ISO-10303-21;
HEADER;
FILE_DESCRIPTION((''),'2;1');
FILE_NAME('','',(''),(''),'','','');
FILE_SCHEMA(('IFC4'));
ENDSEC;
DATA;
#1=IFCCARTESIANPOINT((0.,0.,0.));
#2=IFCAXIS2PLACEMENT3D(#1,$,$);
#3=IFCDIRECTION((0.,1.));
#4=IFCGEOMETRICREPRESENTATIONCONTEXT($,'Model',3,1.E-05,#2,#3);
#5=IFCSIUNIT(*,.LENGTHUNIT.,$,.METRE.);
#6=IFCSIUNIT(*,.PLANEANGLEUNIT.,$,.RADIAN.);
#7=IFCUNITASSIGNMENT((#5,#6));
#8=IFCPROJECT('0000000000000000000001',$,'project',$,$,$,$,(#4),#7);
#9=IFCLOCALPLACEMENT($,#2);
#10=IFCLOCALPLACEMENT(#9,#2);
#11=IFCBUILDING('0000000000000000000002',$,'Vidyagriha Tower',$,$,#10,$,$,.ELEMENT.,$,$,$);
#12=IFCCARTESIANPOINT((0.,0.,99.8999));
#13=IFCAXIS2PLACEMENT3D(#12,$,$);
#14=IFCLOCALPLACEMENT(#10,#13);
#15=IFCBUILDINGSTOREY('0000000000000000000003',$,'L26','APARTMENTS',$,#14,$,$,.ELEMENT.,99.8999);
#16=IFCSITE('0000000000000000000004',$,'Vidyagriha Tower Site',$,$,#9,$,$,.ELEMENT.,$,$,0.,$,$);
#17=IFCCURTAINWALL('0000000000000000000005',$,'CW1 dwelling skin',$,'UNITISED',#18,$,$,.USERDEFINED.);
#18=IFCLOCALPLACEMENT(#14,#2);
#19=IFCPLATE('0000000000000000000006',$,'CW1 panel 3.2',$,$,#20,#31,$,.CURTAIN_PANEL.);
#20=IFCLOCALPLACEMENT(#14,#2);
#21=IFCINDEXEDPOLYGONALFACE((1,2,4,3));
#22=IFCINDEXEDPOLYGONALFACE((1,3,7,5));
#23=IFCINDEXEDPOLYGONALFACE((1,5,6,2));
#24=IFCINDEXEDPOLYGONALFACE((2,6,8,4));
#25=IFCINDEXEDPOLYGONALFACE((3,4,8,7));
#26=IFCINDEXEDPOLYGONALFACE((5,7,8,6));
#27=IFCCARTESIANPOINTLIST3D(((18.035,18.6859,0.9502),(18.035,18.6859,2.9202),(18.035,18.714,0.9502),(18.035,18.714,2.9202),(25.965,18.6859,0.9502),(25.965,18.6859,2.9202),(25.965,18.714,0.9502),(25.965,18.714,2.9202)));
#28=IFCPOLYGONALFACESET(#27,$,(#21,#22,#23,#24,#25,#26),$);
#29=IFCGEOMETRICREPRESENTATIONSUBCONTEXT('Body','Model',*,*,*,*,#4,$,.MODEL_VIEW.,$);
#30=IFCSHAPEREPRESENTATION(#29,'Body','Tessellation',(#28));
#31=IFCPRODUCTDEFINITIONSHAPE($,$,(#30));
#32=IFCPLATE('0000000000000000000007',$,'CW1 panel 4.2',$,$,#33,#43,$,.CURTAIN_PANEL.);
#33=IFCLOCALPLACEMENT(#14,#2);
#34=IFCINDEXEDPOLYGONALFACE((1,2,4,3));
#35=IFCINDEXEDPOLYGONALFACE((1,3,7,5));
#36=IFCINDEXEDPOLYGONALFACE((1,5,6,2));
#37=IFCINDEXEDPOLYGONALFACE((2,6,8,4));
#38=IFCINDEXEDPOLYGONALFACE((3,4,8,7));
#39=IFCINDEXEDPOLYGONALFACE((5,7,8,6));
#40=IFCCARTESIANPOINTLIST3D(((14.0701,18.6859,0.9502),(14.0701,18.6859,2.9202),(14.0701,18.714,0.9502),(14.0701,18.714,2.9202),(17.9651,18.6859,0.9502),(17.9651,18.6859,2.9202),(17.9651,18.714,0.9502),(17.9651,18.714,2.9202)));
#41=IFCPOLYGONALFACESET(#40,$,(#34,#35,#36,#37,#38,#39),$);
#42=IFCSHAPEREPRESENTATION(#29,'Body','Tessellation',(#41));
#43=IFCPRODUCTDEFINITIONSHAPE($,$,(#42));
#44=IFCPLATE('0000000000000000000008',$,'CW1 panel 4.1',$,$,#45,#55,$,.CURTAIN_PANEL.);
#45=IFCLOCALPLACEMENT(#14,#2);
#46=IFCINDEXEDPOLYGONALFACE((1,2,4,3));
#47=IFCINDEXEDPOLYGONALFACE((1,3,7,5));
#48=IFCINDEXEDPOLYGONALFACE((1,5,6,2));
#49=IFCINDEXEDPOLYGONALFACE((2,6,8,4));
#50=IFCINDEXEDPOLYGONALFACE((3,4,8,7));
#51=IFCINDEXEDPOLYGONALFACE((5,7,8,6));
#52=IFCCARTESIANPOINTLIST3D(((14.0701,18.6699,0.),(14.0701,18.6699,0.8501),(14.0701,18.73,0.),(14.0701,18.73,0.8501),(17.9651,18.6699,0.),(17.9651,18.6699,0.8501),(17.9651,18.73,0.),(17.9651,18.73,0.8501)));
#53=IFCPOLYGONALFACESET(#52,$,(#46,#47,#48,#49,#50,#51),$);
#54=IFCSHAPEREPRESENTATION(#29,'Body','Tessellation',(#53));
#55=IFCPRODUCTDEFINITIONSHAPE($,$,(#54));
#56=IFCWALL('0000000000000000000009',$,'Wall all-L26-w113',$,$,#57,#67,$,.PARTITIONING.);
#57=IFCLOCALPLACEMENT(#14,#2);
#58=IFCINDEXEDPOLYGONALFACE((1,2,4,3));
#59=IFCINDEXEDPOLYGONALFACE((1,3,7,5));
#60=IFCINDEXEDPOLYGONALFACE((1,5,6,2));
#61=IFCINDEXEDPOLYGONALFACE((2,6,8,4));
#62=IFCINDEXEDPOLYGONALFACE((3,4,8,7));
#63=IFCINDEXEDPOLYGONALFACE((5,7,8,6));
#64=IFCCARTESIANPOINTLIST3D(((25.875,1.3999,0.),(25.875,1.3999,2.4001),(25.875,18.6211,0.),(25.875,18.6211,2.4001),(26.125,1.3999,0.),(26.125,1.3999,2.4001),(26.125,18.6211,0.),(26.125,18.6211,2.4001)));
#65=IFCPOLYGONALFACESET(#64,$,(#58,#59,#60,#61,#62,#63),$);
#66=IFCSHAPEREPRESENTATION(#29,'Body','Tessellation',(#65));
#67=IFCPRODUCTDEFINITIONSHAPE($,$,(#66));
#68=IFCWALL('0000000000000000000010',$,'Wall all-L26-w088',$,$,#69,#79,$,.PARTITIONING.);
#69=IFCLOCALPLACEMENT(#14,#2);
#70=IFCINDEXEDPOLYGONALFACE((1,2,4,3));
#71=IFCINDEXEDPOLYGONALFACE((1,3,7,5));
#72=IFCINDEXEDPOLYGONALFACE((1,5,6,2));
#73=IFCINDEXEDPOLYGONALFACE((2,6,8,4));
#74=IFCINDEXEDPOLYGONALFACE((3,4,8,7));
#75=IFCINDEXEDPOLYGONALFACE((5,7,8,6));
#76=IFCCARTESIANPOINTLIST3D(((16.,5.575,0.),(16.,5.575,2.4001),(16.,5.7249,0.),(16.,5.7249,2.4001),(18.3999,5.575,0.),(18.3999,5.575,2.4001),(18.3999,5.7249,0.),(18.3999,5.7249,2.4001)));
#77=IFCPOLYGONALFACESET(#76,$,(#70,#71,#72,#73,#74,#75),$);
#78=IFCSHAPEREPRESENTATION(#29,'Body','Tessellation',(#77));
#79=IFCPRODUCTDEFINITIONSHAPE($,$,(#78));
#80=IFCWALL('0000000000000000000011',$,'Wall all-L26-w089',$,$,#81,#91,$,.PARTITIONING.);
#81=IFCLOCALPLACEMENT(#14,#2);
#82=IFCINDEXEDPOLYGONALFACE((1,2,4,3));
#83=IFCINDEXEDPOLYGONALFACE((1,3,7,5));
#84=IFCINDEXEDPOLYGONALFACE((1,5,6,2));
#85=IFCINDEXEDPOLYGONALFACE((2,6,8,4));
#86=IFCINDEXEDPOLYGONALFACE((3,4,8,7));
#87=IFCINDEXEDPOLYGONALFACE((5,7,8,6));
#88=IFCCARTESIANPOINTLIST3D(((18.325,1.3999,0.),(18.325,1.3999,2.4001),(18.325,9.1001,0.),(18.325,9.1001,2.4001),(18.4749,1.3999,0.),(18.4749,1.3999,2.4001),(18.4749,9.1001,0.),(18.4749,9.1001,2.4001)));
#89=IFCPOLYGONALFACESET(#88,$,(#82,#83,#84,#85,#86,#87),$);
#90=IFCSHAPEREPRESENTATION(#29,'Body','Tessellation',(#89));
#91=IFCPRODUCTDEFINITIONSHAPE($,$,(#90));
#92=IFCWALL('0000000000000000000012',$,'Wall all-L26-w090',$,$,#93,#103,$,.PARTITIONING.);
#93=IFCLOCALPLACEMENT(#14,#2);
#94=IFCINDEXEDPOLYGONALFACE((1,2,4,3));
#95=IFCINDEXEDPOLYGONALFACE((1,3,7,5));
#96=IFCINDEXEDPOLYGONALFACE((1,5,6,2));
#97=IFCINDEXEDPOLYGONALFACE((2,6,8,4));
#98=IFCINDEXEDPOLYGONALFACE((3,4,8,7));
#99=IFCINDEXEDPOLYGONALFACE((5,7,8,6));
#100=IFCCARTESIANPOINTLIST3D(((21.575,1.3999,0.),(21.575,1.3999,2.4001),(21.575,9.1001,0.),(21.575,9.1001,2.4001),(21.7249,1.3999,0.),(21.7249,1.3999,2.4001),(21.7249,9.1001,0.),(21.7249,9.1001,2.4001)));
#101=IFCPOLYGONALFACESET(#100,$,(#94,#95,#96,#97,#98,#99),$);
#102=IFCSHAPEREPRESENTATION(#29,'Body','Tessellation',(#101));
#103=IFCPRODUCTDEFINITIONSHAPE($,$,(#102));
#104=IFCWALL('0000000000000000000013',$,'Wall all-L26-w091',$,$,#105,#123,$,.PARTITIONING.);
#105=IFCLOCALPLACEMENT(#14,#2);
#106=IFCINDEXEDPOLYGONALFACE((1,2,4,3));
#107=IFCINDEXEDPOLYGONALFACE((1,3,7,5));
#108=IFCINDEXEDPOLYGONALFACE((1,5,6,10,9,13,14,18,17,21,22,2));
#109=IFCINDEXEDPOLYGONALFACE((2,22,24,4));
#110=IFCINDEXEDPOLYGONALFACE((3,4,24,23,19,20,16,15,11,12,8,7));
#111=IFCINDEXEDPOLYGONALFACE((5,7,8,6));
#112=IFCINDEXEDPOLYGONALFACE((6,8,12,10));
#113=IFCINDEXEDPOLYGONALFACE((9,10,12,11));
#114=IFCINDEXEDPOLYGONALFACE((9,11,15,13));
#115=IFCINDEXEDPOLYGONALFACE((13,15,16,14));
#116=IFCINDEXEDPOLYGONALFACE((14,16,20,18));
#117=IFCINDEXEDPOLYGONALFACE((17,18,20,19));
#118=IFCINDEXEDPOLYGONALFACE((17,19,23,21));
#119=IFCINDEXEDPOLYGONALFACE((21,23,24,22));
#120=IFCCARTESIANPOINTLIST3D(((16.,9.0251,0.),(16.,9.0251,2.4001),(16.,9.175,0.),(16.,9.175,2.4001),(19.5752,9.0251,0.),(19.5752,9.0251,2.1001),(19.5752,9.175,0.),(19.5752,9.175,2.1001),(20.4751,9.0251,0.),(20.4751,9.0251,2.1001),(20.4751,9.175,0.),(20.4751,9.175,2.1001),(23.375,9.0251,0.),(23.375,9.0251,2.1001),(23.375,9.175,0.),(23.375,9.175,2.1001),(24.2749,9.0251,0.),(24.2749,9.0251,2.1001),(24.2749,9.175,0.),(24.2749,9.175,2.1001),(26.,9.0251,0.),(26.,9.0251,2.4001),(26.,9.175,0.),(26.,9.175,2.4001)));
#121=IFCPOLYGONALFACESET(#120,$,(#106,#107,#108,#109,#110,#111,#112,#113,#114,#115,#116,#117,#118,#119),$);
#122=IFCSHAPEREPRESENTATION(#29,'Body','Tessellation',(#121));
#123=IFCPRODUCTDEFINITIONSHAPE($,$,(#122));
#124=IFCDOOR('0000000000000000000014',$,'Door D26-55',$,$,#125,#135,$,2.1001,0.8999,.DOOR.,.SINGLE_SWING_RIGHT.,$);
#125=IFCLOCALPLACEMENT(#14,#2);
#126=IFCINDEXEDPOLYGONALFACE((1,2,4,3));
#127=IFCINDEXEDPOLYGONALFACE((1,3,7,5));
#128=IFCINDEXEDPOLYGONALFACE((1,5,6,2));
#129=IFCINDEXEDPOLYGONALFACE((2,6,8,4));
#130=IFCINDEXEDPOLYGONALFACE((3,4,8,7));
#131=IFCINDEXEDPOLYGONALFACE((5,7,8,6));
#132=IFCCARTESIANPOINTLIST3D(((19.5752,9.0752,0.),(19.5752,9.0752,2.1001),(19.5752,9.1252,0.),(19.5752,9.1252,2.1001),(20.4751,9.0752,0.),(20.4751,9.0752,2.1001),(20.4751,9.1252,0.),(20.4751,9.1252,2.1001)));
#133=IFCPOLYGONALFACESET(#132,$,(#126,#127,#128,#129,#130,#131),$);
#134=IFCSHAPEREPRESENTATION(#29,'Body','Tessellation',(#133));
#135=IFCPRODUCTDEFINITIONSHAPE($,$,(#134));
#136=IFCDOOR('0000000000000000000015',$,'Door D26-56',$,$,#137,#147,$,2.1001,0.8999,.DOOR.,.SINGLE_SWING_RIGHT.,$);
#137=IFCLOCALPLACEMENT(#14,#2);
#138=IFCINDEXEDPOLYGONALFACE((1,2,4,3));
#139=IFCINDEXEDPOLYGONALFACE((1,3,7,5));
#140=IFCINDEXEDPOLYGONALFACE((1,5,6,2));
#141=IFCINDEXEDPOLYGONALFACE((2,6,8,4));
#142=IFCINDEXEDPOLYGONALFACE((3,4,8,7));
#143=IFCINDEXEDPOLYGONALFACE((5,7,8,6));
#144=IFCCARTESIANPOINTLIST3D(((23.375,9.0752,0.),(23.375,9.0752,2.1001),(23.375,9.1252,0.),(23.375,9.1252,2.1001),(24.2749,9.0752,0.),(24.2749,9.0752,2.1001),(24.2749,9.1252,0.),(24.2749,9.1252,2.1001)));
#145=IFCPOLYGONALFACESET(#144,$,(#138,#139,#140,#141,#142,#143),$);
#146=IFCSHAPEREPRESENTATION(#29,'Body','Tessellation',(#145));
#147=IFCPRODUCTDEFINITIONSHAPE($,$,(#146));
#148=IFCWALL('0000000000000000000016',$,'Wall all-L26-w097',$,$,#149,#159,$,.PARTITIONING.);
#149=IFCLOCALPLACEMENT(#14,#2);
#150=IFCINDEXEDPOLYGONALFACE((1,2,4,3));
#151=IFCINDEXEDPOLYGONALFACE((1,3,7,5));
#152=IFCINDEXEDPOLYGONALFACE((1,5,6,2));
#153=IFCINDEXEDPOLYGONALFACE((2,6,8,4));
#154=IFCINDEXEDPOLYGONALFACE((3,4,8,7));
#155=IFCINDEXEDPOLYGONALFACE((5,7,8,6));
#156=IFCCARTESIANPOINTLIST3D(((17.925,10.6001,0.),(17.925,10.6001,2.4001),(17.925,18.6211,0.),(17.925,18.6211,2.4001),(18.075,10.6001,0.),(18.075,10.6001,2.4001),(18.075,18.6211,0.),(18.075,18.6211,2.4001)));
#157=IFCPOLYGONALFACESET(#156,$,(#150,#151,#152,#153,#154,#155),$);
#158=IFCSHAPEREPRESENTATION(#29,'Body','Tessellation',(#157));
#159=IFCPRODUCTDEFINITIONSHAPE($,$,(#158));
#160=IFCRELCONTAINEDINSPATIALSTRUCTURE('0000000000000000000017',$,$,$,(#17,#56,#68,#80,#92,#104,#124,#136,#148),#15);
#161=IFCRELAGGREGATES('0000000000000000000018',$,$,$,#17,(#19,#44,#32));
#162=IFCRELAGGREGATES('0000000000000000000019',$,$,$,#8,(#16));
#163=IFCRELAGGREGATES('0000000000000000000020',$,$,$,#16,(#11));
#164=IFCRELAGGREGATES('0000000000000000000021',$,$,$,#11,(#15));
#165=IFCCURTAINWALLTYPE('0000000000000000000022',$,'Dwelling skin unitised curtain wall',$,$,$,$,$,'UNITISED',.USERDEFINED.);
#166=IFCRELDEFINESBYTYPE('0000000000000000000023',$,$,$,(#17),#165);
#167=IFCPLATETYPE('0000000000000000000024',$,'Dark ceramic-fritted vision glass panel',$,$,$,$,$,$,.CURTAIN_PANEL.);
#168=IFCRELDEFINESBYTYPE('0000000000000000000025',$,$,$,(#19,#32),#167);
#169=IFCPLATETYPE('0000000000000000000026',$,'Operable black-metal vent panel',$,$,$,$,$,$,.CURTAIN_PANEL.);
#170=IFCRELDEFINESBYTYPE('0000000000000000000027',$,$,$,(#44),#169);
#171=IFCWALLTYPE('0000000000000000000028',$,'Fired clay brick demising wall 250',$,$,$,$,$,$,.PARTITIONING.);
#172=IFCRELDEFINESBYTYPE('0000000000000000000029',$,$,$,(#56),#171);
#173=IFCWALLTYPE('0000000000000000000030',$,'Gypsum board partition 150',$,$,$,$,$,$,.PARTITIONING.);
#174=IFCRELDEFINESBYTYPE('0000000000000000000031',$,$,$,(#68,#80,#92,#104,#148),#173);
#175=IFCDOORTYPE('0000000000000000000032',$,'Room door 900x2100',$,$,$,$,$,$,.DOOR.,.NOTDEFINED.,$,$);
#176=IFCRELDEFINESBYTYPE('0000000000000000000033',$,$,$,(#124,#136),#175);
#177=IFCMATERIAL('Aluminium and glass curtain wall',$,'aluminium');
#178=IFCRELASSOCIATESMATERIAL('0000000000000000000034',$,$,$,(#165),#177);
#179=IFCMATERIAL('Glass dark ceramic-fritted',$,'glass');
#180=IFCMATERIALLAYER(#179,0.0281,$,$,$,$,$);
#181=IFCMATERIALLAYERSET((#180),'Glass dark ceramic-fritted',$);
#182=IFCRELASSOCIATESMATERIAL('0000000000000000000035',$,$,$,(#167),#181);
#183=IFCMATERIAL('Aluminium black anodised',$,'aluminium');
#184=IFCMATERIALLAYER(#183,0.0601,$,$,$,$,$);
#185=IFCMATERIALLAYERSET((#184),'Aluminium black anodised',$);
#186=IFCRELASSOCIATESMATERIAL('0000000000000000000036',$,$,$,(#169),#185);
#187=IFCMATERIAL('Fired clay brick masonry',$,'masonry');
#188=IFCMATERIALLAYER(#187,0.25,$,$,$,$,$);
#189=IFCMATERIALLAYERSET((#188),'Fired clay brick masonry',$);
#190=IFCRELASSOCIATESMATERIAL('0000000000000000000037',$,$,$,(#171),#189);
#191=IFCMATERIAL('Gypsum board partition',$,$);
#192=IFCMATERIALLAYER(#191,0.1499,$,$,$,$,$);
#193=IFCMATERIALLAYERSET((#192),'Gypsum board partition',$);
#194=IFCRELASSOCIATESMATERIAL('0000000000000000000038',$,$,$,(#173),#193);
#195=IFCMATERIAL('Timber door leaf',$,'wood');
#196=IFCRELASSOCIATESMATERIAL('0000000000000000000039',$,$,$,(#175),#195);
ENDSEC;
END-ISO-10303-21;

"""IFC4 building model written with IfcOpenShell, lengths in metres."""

from ifc_helpers import new_model, si_unit, direction, frame, frame_2d, origin, origin_2d, place, context, subcontext, project, spatial, rectangle, extrude, material, layer, layer_set, type_object, element, fill, aggregate, save


model = new_model("IFC4")

# Units and contexts
model_context = context("Model", 3, precision=1e-05, world=origin(), true_north=direction((0.0, 1.0)))
body_context = subcontext(model_context, "Body", "Model", "MODEL_VIEW")
ifc_project = project(units=[si_unit("LENGTHUNIT", "METRE"), si_unit("PLANEANGLEUNIT", "RADIAN")], contexts=[model_context])

# Site, building, storey
site_placement = place(None, origin())
site = spatial("IfcSite", under=ifc_project, at=site_placement, Name="Vidyagriha Tower Site", CompositionType="ELEMENT", RefElevation=0.0)
building_placement = place(site_placement, origin())
building = spatial("IfcBuilding", under=site, at=building_placement, Name="Vidyagriha Tower", CompositionType="ELEMENT")
storey_placement = place(building_placement, frame((0.0, 0.0, 99.8999)))
storey = spatial("IfcBuildingStorey", under=building, at=storey_placement, Name="L26", Description="APARTMENTS", CompositionType="ELEMENT", Elevation=99.8999)

# Curtain wall, plates
ifc_material_1 = material(Name="Aluminium and glass curtain wall", Category="aluminium")
curtain_wall_type = type_object("IfcCurtainWallType", Name="Dwelling skin unitised curtain wall", ElementType="UNITISED", PredefinedType="USERDEFINED", material=ifc_material_1)
curtain_wall_placement = place(storey_placement, origin())
curtain_wall = element("IfcCurtainWall", 1, at=curtain_wall_placement, inside=storey, type_object=curtain_wall_type, Name="CW1 dwelling skin", ObjectType="UNITISED", PredefinedType="USERDEFINED")
ifc_material_2 = material(Name="Glass dark ceramic-fritted", Category="glass")
ifc_layer_1 = layer(ifc_material_2, 0.0281)
ifc_layer_set_1 = layer_set([ifc_layer_1], Name="Glass dark ceramic-fritted")
plate_type_1 = type_object("IfcPlateType", Name="Dark ceramic-fritted vision glass panel", PredefinedType="CURTAIN_PANEL", material=ifc_layer_set_1)
plate_1_placement = place(storey_placement, frame((22.0, 18.7, 0.9502), z_axis=(0.0, 0.0, 1.0), x_axis=(-1.0, 0.0, 0.0)))
plate_1 = element("IfcPlate", 2, at=plate_1_placement, type_object=plate_type_1, Name="CW1 panel 3.2", PredefinedType="CURTAIN_PANEL", context=body_context, shape_type="SweptSolid", body=[
    extrude(rectangle(XDim=7.9299, YDim=0.0281, at=origin_2d()), origin(), (0.0, 0.0, 1.0), 1.97),
])
plate_2_placement = place(storey_placement, frame((16.0176, 18.7, 0.9502), z_axis=(0.0, 0.0, 1.0), x_axis=(-1.0, 0.0, 0.0)))
plate_2 = element("IfcPlate", 3, at=plate_2_placement, type_object=plate_type_1, Name="CW1 panel 4.2", PredefinedType="CURTAIN_PANEL", context=body_context, shape_type="SweptSolid", body=[
    extrude(rectangle(XDim=3.895, YDim=0.0281, at=origin_2d()), origin(), (0.0, 0.0, 1.0), 1.97),
])
ifc_material_3 = material(Name="Aluminium black anodised", Category="aluminium")
ifc_layer_2 = layer(ifc_material_3, 0.0601)
ifc_layer_set_2 = layer_set([ifc_layer_2], Name="Aluminium black anodised")
plate_type_2 = type_object("IfcPlateType", Name="Operable black-metal vent panel", PredefinedType="CURTAIN_PANEL", material=ifc_layer_set_2)
plate_3_placement = place(storey_placement, frame((16.0176, 18.7, 0.0), z_axis=(0.0, 0.0, 1.0), x_axis=(-1.0, 0.0, 0.0)))
plate_3 = element("IfcPlate", 4, at=plate_3_placement, type_object=plate_type_2, Name="CW1 panel 4.1", PredefinedType="CURTAIN_PANEL", context=body_context, shape_type="SweptSolid", body=[
    extrude(rectangle(XDim=3.895, YDim=0.0601, at=origin_2d()), origin(), (0.0, 0.0, 1.0), 0.8501),
])
aggregate(curtain_wall, [plate_1, plate_3, plate_2])

# Walls
ifc_material_4 = material(Name="Fired clay brick masonry", Category="masonry")
ifc_layer_3 = layer(ifc_material_4, 0.25)
ifc_layer_set_3 = layer_set([ifc_layer_3], Name="Fired clay brick masonry")
wall_type_1 = type_object("IfcWallType", Name="Fired clay brick demising wall 250", PredefinedType="PARTITIONING", material=ifc_layer_set_3)
wall_1_placement = place(storey_placement, frame((26.0, 18.6211, 0.0), z_axis=(0.0, 0.0, 1.0), x_axis=(0.0, -1.0, 0.0)))
element("IfcWall", 5, at=wall_1_placement, inside=storey, type_object=wall_type_1, Name="Wall all-L26-w113", PredefinedType="PARTITIONING", context=body_context, shape_type="SweptSolid", body=[
    extrude(rectangle(XDim=17.2212, YDim=0.25, at=frame_2d((8.6106, 0.0))), origin(), (0.0, 0.0, 1.0), 2.4001),
])
ifc_material_5 = material(Name="Gypsum board partition")
ifc_layer_4 = layer(ifc_material_5, 0.1499)
ifc_layer_set_4 = layer_set([ifc_layer_4], Name="Gypsum board partition")
wall_type_2 = type_object("IfcWallType", Name="Gypsum board partition 150", PredefinedType="PARTITIONING", material=ifc_layer_set_4)
wall_2_placement = place(storey_placement, frame((16.0, 5.6499, 0.0)))
element("IfcWall", 6, at=wall_2_placement, inside=storey, type_object=wall_type_2, Name="Wall all-L26-w088", PredefinedType="PARTITIONING", context=body_context, shape_type="SweptSolid", body=[
    extrude(rectangle(XDim=2.3999, YDim=0.1499, at=frame_2d((1.2, 0.0))), origin(), (0.0, 0.0, 1.0), 2.4001),
])
for number, where, z_axis, x_axis, name in (
    (7, (18.3999, 9.1001, 0.0), (0.0, 0.0, 1.0), (0.0, -1.0, 0.0), "Wall all-L26-w089"),
    (8, (21.6499, 9.1001, 0.0), (0.0, 0.0, 1.0), (0.0, -1.0, 0.0), "Wall all-L26-w090"),
):
    element("IfcWall", number, at=place(storey_placement, frame(where, z_axis=z_axis, x_axis=x_axis)), inside=storey, type_object=wall_type_2, Name=name, PredefinedType="PARTITIONING", context=body_context, shape_type="SweptSolid", body=[
        extrude(rectangle(XDim=7.7002, YDim=0.1499, at=frame_2d((3.8501, 0.0))), origin(), (0.0, 0.0, 1.0), 2.4001),
    ])

# Wall, openings, doors
wall_3_placement = place(storey_placement, frame((26.0, 9.1001, 0.0), z_axis=(0.0, 0.0, 1.0), x_axis=(-1.0, 0.0, 0.0)))
wall_3 = element("IfcWall", 9, at=wall_3_placement, inside=storey, type_object=wall_type_2, Name="Wall all-L26-w091", PredefinedType="PARTITIONING", context=body_context, shape_type="SweptSolid", body=[
    extrude(rectangle(XDim=10.0, YDim=0.1499, at=frame_2d((5.0, 0.0))), origin(), (0.0, 0.0, 1.0), 2.4001),
])
opening_1_placement = place(wall_3_placement, frame((5.5249, 0.0, 0.0)))
opening_1 = element("IfcOpeningElement", 10, at=opening_1_placement, cuts=wall_3, PredefinedType="OPENING", context=body_context, shape_type="SweptSolid", body=[
    extrude(rectangle(XDim=0.8999, YDim=2.1001, at=frame_2d((0.45, 1.05))), frame((0.0, 0.085, 0.0), z_axis=(0.0, -1.0, 0.0), x_axis=(1.0, 0.0, 0.0)), (0.0, 0.0, 1.0), 0.1699),
])
opening_2_placement = place(wall_3_placement, frame((1.7251, 0.0, 0.0)))
opening_2 = element("IfcOpeningElement", 11, at=opening_2_placement, cuts=wall_3, PredefinedType="OPENING", context=body_context, shape_type="SweptSolid", body=[
    extrude(rectangle(XDim=0.8999, YDim=2.1001, at=frame_2d((0.45, 1.05))), frame((0.0, 0.085, 0.0), z_axis=(0.0, -1.0, 0.0), x_axis=(1.0, 0.0, 0.0)), (0.0, 0.0, 1.0), 0.1699),
])
ifc_material_6 = material(Name="Timber door leaf", Category="wood")
door_type_1 = type_object("IfcDoorType", Name="Room door 900x2100", OperationType="NOTDEFINED", PredefinedType="DOOR", material=ifc_material_6)
door_1_placement = place(opening_1_placement, origin())
door_1 = element("IfcDoor", 12, at=door_1_placement, inside=storey, type_object=door_type_1, Name="Door D26-55", OperationType="SINGLE_SWING_RIGHT", OverallHeight=2.1001, OverallWidth=0.8999, PredefinedType="DOOR", context=body_context, shape_type="SweptSolid", body=[
    extrude(rectangle(XDim=0.8999, YDim=2.1001, at=frame_2d((0.45, 1.05))), frame((0.0, 0.0249, 0.0), z_axis=(0.0, -1.0, 0.0), x_axis=(1.0, 0.0, 0.0)), (0.0, 0.0, 1.0), 0.05),
])
fill(opening_1, door_1)
door_2_placement = place(opening_2_placement, origin())
door_2 = element("IfcDoor", 13, at=door_2_placement, inside=storey, type_object=door_type_1, Name="Door D26-56", OperationType="SINGLE_SWING_RIGHT", OverallHeight=2.1001, OverallWidth=0.8999, PredefinedType="DOOR", context=body_context, shape_type="SweptSolid", body=[
    extrude(rectangle(XDim=0.8999, YDim=2.1001, at=frame_2d((0.45, 1.05))), frame((0.0, 0.0249, 0.0), z_axis=(0.0, -1.0, 0.0), x_axis=(1.0, 0.0, 0.0)), (0.0, 0.0, 1.0), 0.05),
])
fill(opening_2, door_2)

# Wall
wall_4_placement = place(storey_placement, frame((18.0, 18.6211, 0.0), z_axis=(0.0, 0.0, 1.0), x_axis=(0.0, -1.0, 0.0)))
element("IfcWall", 14, at=wall_4_placement, inside=storey, type_object=wall_type_2, Name="Wall all-L26-w097", PredefinedType="PARTITIONING", context=body_context, shape_type="SweptSolid", body=[
    extrude(rectangle(XDim=8.021, YDim=0.1499, at=frame_2d((4.0105, 0.0))), origin(), (0.0, 0.0, 1.0), 2.4001),
])

save(model, "model.ifc")
